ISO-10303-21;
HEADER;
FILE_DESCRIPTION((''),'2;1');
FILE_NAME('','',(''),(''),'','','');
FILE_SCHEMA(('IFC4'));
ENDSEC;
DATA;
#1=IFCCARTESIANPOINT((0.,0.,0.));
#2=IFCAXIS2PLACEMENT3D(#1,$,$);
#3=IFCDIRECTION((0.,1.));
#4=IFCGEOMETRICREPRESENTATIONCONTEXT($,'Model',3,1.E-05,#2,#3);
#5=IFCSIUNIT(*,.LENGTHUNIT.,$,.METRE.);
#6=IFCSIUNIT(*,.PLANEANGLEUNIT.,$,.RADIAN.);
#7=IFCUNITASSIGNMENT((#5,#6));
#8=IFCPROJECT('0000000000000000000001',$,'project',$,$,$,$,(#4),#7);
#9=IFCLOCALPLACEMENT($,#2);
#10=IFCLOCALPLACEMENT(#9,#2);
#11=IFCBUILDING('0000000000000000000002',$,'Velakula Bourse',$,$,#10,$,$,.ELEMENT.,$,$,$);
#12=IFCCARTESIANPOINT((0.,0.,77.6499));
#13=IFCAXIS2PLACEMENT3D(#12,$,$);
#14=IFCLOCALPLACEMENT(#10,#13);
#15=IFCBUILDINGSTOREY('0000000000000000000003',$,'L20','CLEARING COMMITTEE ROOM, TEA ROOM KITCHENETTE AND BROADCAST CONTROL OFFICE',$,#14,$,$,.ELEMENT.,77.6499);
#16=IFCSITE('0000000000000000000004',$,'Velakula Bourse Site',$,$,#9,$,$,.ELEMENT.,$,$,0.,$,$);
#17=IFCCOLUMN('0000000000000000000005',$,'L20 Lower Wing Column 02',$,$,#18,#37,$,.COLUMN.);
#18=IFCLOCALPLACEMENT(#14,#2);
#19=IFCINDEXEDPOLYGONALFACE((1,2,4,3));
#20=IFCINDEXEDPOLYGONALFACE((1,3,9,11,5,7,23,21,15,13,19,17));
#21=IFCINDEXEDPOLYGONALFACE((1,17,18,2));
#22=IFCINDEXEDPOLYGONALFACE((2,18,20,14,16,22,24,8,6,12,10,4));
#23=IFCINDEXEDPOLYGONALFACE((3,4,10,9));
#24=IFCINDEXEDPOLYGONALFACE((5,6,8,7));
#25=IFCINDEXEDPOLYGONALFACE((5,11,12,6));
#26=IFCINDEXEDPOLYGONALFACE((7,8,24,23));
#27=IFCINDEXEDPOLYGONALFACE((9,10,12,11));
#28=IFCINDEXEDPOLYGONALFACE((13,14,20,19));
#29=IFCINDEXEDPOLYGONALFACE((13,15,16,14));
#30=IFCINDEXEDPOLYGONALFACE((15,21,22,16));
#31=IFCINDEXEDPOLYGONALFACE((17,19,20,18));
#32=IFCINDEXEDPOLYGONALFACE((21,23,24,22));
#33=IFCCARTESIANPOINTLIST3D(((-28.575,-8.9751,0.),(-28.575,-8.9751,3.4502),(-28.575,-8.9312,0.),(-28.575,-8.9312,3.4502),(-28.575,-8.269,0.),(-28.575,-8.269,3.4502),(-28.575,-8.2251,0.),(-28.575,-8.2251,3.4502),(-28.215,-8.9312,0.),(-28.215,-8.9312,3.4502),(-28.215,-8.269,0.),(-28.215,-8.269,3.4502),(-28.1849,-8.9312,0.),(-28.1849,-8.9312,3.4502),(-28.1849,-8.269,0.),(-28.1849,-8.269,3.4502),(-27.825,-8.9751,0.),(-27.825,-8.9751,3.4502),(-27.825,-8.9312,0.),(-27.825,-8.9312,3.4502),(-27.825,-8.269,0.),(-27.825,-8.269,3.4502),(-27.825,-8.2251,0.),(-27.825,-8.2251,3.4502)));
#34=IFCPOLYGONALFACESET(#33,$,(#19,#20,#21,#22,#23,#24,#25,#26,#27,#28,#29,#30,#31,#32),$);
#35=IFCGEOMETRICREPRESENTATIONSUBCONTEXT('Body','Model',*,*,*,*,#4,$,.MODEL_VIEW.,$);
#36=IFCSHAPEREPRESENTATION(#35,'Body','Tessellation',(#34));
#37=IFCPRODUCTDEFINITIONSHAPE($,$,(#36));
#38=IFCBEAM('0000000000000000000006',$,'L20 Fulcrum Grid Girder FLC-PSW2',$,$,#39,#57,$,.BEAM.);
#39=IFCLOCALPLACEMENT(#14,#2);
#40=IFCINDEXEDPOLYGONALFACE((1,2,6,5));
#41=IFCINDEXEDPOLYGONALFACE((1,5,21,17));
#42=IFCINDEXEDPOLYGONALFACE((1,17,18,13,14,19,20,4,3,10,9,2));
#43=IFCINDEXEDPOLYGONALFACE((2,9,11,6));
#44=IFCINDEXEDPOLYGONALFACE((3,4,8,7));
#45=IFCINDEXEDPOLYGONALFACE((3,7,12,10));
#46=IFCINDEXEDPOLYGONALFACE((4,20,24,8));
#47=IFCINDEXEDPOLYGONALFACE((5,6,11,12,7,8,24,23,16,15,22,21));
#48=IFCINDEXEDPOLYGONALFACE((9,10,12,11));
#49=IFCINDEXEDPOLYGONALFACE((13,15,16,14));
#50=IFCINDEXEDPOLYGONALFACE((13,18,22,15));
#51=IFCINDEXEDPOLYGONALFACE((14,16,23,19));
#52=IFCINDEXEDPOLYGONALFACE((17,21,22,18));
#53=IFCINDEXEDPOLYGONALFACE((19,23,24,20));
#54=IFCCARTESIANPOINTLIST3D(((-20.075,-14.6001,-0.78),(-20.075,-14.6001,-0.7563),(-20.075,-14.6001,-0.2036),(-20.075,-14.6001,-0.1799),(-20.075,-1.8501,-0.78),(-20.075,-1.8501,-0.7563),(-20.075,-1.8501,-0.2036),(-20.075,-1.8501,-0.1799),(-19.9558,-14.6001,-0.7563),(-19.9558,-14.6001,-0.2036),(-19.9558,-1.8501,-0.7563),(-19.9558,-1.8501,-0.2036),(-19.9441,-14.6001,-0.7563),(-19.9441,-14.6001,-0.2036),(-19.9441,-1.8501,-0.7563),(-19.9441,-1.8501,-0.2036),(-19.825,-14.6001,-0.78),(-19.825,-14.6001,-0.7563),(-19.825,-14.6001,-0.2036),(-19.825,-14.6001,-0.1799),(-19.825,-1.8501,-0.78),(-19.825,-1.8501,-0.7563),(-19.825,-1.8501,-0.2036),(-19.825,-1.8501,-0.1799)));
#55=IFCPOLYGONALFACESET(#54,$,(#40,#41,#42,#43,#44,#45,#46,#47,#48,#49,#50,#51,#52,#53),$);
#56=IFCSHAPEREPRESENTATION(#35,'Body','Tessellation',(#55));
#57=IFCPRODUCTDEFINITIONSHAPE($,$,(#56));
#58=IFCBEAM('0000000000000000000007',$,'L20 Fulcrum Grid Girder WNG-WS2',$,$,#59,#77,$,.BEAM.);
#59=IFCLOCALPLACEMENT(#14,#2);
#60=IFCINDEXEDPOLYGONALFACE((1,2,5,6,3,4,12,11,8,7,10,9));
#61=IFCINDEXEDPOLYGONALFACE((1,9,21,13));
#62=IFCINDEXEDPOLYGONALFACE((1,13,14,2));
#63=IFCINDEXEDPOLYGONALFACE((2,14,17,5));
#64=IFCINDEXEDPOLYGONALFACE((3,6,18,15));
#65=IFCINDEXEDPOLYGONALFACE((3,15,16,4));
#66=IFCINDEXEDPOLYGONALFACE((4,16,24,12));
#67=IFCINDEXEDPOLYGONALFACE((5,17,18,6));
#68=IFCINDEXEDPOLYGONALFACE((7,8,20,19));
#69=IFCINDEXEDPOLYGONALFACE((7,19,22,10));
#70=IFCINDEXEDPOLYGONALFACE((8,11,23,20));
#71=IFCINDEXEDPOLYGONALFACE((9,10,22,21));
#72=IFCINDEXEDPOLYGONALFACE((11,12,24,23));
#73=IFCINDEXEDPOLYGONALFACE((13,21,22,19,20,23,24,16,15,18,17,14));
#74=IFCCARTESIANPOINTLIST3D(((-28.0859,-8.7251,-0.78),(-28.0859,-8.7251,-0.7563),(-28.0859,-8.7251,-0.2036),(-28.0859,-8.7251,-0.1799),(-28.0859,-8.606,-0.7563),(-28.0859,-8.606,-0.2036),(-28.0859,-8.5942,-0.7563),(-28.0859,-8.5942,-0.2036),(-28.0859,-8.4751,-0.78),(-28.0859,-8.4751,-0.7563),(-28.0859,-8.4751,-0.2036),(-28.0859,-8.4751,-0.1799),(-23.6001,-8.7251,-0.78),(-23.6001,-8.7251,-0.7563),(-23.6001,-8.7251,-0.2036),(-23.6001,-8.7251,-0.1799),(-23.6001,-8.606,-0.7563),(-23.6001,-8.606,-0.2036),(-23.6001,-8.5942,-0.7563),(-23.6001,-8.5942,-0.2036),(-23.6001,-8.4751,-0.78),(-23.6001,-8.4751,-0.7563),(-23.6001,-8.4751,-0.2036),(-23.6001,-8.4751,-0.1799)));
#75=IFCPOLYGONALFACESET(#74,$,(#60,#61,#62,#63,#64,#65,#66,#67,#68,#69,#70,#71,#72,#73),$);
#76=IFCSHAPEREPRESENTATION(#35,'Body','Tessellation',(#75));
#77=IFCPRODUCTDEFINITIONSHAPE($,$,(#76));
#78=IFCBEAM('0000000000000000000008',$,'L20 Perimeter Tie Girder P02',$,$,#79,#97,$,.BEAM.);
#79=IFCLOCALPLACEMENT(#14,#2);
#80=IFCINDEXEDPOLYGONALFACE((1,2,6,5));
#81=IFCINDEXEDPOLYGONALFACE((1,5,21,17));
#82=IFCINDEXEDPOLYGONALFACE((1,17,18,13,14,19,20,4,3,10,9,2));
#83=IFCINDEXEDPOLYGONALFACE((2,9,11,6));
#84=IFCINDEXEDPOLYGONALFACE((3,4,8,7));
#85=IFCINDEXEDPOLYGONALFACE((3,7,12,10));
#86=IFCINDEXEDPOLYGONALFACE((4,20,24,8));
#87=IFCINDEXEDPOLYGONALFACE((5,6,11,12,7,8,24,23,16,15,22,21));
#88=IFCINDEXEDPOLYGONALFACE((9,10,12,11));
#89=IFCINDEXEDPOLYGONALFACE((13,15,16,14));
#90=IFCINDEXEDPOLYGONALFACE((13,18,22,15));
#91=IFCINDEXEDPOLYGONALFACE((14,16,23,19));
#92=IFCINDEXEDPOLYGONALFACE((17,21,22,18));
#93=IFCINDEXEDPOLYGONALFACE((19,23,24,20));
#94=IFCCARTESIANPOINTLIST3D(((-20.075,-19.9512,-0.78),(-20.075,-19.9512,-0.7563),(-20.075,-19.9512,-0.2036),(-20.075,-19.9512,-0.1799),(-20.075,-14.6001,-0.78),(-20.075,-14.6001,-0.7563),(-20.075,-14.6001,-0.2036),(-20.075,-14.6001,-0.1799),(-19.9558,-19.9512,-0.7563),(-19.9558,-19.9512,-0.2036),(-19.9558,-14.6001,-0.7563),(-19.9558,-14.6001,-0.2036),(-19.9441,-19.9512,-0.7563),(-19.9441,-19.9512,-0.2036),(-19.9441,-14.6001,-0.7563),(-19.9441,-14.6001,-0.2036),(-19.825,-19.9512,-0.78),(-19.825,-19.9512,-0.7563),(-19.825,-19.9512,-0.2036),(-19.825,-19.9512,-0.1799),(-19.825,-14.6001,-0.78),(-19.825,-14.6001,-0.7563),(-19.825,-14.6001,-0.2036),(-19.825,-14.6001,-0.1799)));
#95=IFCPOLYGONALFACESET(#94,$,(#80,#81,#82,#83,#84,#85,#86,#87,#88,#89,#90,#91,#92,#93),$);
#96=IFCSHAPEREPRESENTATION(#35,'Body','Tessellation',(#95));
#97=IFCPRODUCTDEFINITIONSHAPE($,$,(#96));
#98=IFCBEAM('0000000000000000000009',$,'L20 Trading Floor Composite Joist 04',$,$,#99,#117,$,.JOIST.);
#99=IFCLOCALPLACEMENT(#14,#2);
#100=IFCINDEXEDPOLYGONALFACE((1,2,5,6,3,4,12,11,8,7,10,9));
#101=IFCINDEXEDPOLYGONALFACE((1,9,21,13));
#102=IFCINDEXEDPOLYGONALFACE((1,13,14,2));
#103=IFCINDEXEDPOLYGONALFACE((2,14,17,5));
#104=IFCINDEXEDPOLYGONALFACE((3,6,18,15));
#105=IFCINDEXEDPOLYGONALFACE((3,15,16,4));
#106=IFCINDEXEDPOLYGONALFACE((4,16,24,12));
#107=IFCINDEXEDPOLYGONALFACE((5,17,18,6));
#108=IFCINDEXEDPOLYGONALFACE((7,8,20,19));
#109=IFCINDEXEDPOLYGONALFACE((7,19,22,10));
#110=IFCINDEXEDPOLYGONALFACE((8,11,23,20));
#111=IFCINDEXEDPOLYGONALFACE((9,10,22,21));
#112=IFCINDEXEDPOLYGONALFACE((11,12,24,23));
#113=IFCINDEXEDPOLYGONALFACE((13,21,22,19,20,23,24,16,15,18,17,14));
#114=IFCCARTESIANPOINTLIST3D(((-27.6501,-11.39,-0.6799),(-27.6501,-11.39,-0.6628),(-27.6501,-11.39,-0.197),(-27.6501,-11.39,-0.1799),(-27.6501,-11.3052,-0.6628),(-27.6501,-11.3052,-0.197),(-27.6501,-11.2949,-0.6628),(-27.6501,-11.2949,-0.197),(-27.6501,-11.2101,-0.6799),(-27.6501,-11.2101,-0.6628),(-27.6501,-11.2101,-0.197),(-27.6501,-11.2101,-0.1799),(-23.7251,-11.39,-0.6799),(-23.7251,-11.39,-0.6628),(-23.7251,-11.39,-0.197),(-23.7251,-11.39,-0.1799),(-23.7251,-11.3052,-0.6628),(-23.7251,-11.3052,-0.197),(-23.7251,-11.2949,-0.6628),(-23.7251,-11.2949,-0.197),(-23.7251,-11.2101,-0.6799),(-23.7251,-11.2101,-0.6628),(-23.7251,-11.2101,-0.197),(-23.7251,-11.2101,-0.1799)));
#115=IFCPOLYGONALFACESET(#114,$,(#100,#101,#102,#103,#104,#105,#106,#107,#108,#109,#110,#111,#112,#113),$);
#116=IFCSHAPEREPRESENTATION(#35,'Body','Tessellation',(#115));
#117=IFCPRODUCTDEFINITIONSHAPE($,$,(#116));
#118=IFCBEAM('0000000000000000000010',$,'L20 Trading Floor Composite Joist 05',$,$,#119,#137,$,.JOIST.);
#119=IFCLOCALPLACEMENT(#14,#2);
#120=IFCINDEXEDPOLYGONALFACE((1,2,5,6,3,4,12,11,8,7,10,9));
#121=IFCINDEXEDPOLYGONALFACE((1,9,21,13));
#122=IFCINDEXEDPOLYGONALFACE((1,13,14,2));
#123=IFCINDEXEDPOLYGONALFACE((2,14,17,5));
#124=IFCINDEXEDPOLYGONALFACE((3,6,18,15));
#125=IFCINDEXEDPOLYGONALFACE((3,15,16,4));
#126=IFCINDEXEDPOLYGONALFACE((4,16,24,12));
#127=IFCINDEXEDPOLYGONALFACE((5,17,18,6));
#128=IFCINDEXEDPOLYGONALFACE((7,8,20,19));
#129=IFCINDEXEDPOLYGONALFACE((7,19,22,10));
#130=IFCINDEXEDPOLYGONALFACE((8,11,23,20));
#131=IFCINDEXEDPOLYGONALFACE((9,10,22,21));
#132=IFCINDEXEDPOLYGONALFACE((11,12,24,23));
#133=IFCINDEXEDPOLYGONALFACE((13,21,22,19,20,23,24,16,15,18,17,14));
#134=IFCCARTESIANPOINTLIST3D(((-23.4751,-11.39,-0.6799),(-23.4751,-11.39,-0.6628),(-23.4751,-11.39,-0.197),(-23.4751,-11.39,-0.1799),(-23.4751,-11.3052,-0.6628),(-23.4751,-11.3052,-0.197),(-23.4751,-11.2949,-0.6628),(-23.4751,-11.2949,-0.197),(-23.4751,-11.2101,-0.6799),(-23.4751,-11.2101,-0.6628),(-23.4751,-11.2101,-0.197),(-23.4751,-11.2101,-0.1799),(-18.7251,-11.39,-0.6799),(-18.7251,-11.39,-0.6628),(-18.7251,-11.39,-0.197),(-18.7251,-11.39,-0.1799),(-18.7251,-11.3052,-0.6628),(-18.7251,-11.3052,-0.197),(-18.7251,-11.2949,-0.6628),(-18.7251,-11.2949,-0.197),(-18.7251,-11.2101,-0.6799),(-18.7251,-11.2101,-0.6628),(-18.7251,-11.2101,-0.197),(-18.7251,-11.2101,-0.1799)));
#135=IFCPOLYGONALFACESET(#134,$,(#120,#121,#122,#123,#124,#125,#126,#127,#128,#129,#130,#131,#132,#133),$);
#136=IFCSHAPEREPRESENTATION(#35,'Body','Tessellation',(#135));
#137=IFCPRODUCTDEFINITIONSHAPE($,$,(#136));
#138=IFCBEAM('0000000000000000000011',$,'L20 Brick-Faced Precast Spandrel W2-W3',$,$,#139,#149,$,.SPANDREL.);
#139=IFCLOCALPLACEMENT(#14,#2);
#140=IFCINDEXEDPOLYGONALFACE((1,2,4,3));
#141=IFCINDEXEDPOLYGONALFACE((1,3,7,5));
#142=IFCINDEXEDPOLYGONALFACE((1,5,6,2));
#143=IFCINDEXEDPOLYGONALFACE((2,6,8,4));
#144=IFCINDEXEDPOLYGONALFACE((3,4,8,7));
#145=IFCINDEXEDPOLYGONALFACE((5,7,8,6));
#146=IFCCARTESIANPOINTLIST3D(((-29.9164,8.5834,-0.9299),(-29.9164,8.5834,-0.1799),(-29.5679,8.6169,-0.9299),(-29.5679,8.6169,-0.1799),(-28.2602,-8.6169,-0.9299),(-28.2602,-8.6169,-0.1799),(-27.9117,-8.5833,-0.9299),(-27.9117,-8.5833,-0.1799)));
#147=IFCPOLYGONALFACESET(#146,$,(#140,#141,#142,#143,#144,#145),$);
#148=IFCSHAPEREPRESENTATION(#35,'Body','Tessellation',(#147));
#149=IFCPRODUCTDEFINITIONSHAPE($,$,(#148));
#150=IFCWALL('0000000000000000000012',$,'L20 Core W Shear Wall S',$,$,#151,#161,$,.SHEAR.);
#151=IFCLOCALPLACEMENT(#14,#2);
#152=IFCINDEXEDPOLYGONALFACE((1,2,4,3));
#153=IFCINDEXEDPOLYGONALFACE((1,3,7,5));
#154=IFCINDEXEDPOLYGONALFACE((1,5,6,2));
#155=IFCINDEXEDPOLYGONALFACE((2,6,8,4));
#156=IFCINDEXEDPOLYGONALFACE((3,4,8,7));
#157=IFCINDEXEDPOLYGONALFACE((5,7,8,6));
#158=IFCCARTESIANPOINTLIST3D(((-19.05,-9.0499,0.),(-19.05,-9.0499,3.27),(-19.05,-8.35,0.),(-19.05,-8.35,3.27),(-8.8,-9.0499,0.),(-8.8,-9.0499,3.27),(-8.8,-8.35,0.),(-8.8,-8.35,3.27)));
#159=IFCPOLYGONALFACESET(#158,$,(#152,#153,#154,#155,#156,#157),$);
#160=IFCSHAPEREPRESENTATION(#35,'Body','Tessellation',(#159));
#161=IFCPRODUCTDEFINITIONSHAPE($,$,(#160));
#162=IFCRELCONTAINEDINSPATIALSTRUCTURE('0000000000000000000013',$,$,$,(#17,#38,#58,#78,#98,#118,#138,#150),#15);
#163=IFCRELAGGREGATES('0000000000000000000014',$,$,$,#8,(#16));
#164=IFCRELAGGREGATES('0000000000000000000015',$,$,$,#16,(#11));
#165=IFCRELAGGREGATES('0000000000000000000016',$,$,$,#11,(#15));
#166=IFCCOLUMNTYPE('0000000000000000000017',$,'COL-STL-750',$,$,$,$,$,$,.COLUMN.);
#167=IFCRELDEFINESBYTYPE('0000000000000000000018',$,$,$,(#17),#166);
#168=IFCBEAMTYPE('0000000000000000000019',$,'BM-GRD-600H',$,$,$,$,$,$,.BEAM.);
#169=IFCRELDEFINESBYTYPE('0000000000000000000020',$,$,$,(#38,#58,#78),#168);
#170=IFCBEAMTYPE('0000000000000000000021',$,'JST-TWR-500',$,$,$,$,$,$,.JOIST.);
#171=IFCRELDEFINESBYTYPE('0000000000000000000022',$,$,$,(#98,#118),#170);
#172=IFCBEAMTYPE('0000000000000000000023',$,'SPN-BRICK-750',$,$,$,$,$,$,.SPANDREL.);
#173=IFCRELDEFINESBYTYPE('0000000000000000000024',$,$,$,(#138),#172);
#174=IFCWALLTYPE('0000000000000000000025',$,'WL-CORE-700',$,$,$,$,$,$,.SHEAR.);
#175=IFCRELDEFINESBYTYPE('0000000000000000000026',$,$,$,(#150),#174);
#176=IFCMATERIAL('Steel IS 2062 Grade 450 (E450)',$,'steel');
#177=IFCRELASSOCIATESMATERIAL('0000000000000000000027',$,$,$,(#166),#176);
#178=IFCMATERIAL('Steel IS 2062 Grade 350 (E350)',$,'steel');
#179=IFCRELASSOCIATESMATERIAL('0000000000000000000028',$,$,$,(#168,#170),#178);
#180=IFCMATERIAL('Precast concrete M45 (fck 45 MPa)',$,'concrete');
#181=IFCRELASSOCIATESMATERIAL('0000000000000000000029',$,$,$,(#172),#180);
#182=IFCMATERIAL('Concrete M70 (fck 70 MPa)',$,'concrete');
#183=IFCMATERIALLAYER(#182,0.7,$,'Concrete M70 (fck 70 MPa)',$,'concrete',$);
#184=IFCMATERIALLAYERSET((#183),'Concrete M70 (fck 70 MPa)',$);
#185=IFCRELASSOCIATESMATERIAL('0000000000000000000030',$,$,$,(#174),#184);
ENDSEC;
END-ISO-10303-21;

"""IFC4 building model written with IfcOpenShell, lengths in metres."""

from ifc_helpers import new_model, si_unit, direction, frame, frame_2d, origin, origin_2d, place, context, subcontext, project, spatial, rectangle, i_section, extrude, material, layer, layer_set, material_profile, profile_set, type_object, element, save


model = new_model("IFC4")

# Units and contexts
model_context = context("Model", 3, precision=1e-05, world=origin(), true_north=direction((0.0, 1.0)))
body_context = subcontext(model_context, "Body", "Model", "MODEL_VIEW")
ifc_project = project(units=[si_unit("LENGTHUNIT", "METRE"), si_unit("PLANEANGLEUNIT", "RADIAN")], contexts=[model_context])

# Site, building, storey
site_placement = place(None, origin())
site = spatial("IfcSite", under=ifc_project, at=site_placement, Name="Velakula Bourse Site", CompositionType="ELEMENT", RefElevation=0.0)
building_placement = place(site_placement, origin())
building = spatial("IfcBuilding", under=site, at=building_placement, Name="Velakula Bourse", CompositionType="ELEMENT")
storey_placement = place(building_placement, frame((0.0, 0.0, 77.6499)))
storey = spatial("IfcBuildingStorey", under=building, at=storey_placement, Name="L20", Description="CLEARING COMMITTEE ROOM, TEA ROOM KITCHENETTE AND BROADCAST CONTROL OFFICE", CompositionType="ELEMENT", Elevation=77.6499)

# Column
ifc_material_1 = material(Name="Steel IS 2062 Grade 450 (E450)", Category="steel")
ifc_material_profile_1 = material_profile(ifc_material_1, i_section(OverallWidth=0.75, OverallDepth=0.75, WebThickness=0.03, FlangeThickness=0.0439, at=origin_2d()), Name="Steel IS 2062 Grade 450 (E450)")
ifc_profile_set_1 = profile_set([ifc_material_profile_1], Name="Steel IS 2062 Grade 450 (E450)")
column_type = type_object("IfcColumnType", Name="COL-STL-750", PredefinedType="COLUMN", material=ifc_profile_set_1)
column_placement = place(storey_placement, frame((-28.2, -8.6001, 0.0), z_axis=(0.0, 0.0, 1.0), x_axis=(1.0, 0.0, 0.0)))
element("IfcColumn", 1, at=column_placement, inside=storey, type_object=column_type, Name="L20 Lower Wing Column 02", PredefinedType="COLUMN", context=body_context, shape_type="SweptSolid", body=[
    extrude(i_section(OverallWidth=0.75, OverallDepth=0.75, WebThickness=0.03, FlangeThickness=0.0439, at=origin_2d()), origin(), (0.0, 0.0, 1.0), 3.4502),
])

# Beams
ifc_material_2 = material(Name="Steel IS 2062 Grade 350 (E350)", Category="steel")
ifc_material_profile_2 = material_profile(ifc_material_2, i_section(OverallWidth=0.25, OverallDepth=0.6001, WebThickness=0.0117, FlangeThickness=0.0237, at=origin_2d()), Name="Steel IS 2062 Grade 350 (E350)")
ifc_profile_set_2 = profile_set([ifc_material_profile_2], Name="Steel IS 2062 Grade 350 (E350)")
beam_type_1 = type_object("IfcBeamType", Name="BM-GRD-600H", PredefinedType="BEAM", material=ifc_profile_set_2)
beam_1_placement = place(storey_placement, frame((-19.95, -14.6001, -0.48), z_axis=(0.0, 1.0, 0.0), x_axis=(-1.0, 0.0, 0.0)))
element("IfcBeam", 2, at=beam_1_placement, inside=storey, type_object=beam_type_1, Name="L20 Fulcrum Grid Girder FLC-PSW2", PredefinedType="BEAM", context=body_context, shape_type="SweptSolid", body=[
    extrude(i_section(OverallWidth=0.25, OverallDepth=0.6001, WebThickness=0.0117, FlangeThickness=0.0237, at=origin_2d()), origin(), (0.0, 0.0, 1.0), 12.75),
])
beam_2_placement = place(storey_placement, frame((-28.0859, -8.6001, -0.48), z_axis=(1.0, 0.0, 0.0), x_axis=(0.0, 1.0, 0.0)))
element("IfcBeam", 3, at=beam_2_placement, inside=storey, type_object=beam_type_1, Name="L20 Fulcrum Grid Girder WNG-WS2", PredefinedType="BEAM", context=body_context, shape_type="SweptSolid", body=[
    extrude(i_section(OverallWidth=0.25, OverallDepth=0.6001, WebThickness=0.0117, FlangeThickness=0.0237, at=origin_2d()), origin(), (0.0, 0.0, 1.0), 4.4858),
])
beam_3_placement = place(storey_placement, frame((-19.95, -14.6001, -0.48), z_axis=(0.0, -1.0, 0.0), x_axis=(1.0, 0.0, 0.0)))
element("IfcBeam", 4, at=beam_3_placement, inside=storey, type_object=beam_type_1, Name="L20 Perimeter Tie Girder P02", PredefinedType="BEAM", context=body_context, shape_type="SweptSolid", body=[
    extrude(i_section(OverallWidth=0.25, OverallDepth=0.6001, WebThickness=0.0117, FlangeThickness=0.0237, at=origin_2d()), origin(), (0.0, 0.0, 1.0), 5.3511),
])
ifc_material_profile_3 = material_profile(ifc_material_2, i_section(OverallWidth=0.1799, OverallDepth=0.5, WebThickness=0.0103, FlangeThickness=0.0171, at=origin_2d()), Name="Steel IS 2062 Grade 350 (E350)")
ifc_profile_set_3 = profile_set([ifc_material_profile_3], Name="Steel IS 2062 Grade 350 (E350)")
beam_type_2 = type_object("IfcBeamType", Name="JST-TWR-500", PredefinedType="JOIST", material=ifc_profile_set_3)
beam_4_placement = place(storey_placement, frame((-27.6501, -11.3, -0.4299), z_axis=(1.0, 0.0, 0.0), x_axis=(0.0, 1.0, 0.0)))
element("IfcBeam", 5, at=beam_4_placement, inside=storey, type_object=beam_type_2, Name="L20 Trading Floor Composite Joist 04", PredefinedType="JOIST", context=body_context, shape_type="SweptSolid", body=[
    extrude(i_section(OverallWidth=0.1799, OverallDepth=0.5, WebThickness=0.0103, FlangeThickness=0.0171, at=origin_2d()), origin(), (0.0, 0.0, 1.0), 3.925),
])
beam_5_placement = place(storey_placement, frame((-23.4751, -11.3, -0.4299), z_axis=(1.0, 0.0, 0.0), x_axis=(0.0, 1.0, 0.0)))
element("IfcBeam", 6, at=beam_5_placement, inside=storey, type_object=beam_type_2, Name="L20 Trading Floor Composite Joist 05", PredefinedType="JOIST", context=body_context, shape_type="SweptSolid", body=[
    extrude(i_section(OverallWidth=0.1799, OverallDepth=0.5, WebThickness=0.0103, FlangeThickness=0.0171, at=origin_2d()), origin(), (0.0, 0.0, 1.0), 4.75),
])
ifc_material_3 = material(Name="Precast concrete M45 (fck 45 MPa)", Category="concrete")
ifc_material_profile_4 = material_profile(ifc_material_3, rectangle(XDim=0.3501, YDim=0.75, at=origin_2d()), Name="Precast concrete M45 (fck 45 MPa)")
ifc_profile_set_4 = profile_set([ifc_material_profile_4], Name="Precast concrete M45 (fck 45 MPa)")
beam_type_3 = type_object("IfcBeamType", Name="SPN-BRICK-750", PredefinedType="SPANDREL", material=ifc_profile_set_4)
beam_6_placement = place(storey_placement, frame((-28.0859, -8.6001, -0.5549), z_axis=(-0.095849, 0.995396, 0.0), x_axis=(-0.995396, -0.095849, 0.0)))
element("IfcBeam", 7, at=beam_6_placement, inside=storey, type_object=beam_type_3, Name="L20 Brick-Faced Precast Spandrel W2-W3", PredefinedType="SPANDREL", context=body_context, shape_type="SweptSolid", body=[
    extrude(rectangle(XDim=0.3501, YDim=0.75, at=origin_2d()), origin(), (0.0, 0.0, 1.0), 17.2798),
])

# Wall
ifc_material_4 = material(Name="Concrete M70 (fck 70 MPa)", Category="concrete")
ifc_layer_1 = layer(ifc_material_4, 0.7, Name="Concrete M70 (fck 70 MPa)", Category="concrete")
ifc_layer_set_1 = layer_set([ifc_layer_1], Name="Concrete M70 (fck 70 MPa)")
wall_type_1 = type_object("IfcWallType", Name="WL-CORE-700", PredefinedType="SHEAR", material=ifc_layer_set_1)
wall_1_placement = place(storey_placement, frame((-19.05, -8.7, 0.0), z_axis=(0.0, 0.0, 1.0), x_axis=(1.0, 0.0, 0.0)))
element("IfcWall", 8, at=wall_1_placement, inside=storey, type_object=wall_type_1, Name="L20 Core W Shear Wall S", PredefinedType="SHEAR", context=body_context, shape_type="SweptSolid", body=[
    extrude(rectangle(XDim=10.25, YDim=0.7, at=frame_2d((5.125, 0.0))), origin(), (0.0, 0.0, 1.0), 3.27),
])

save(model, "model.ifc")
